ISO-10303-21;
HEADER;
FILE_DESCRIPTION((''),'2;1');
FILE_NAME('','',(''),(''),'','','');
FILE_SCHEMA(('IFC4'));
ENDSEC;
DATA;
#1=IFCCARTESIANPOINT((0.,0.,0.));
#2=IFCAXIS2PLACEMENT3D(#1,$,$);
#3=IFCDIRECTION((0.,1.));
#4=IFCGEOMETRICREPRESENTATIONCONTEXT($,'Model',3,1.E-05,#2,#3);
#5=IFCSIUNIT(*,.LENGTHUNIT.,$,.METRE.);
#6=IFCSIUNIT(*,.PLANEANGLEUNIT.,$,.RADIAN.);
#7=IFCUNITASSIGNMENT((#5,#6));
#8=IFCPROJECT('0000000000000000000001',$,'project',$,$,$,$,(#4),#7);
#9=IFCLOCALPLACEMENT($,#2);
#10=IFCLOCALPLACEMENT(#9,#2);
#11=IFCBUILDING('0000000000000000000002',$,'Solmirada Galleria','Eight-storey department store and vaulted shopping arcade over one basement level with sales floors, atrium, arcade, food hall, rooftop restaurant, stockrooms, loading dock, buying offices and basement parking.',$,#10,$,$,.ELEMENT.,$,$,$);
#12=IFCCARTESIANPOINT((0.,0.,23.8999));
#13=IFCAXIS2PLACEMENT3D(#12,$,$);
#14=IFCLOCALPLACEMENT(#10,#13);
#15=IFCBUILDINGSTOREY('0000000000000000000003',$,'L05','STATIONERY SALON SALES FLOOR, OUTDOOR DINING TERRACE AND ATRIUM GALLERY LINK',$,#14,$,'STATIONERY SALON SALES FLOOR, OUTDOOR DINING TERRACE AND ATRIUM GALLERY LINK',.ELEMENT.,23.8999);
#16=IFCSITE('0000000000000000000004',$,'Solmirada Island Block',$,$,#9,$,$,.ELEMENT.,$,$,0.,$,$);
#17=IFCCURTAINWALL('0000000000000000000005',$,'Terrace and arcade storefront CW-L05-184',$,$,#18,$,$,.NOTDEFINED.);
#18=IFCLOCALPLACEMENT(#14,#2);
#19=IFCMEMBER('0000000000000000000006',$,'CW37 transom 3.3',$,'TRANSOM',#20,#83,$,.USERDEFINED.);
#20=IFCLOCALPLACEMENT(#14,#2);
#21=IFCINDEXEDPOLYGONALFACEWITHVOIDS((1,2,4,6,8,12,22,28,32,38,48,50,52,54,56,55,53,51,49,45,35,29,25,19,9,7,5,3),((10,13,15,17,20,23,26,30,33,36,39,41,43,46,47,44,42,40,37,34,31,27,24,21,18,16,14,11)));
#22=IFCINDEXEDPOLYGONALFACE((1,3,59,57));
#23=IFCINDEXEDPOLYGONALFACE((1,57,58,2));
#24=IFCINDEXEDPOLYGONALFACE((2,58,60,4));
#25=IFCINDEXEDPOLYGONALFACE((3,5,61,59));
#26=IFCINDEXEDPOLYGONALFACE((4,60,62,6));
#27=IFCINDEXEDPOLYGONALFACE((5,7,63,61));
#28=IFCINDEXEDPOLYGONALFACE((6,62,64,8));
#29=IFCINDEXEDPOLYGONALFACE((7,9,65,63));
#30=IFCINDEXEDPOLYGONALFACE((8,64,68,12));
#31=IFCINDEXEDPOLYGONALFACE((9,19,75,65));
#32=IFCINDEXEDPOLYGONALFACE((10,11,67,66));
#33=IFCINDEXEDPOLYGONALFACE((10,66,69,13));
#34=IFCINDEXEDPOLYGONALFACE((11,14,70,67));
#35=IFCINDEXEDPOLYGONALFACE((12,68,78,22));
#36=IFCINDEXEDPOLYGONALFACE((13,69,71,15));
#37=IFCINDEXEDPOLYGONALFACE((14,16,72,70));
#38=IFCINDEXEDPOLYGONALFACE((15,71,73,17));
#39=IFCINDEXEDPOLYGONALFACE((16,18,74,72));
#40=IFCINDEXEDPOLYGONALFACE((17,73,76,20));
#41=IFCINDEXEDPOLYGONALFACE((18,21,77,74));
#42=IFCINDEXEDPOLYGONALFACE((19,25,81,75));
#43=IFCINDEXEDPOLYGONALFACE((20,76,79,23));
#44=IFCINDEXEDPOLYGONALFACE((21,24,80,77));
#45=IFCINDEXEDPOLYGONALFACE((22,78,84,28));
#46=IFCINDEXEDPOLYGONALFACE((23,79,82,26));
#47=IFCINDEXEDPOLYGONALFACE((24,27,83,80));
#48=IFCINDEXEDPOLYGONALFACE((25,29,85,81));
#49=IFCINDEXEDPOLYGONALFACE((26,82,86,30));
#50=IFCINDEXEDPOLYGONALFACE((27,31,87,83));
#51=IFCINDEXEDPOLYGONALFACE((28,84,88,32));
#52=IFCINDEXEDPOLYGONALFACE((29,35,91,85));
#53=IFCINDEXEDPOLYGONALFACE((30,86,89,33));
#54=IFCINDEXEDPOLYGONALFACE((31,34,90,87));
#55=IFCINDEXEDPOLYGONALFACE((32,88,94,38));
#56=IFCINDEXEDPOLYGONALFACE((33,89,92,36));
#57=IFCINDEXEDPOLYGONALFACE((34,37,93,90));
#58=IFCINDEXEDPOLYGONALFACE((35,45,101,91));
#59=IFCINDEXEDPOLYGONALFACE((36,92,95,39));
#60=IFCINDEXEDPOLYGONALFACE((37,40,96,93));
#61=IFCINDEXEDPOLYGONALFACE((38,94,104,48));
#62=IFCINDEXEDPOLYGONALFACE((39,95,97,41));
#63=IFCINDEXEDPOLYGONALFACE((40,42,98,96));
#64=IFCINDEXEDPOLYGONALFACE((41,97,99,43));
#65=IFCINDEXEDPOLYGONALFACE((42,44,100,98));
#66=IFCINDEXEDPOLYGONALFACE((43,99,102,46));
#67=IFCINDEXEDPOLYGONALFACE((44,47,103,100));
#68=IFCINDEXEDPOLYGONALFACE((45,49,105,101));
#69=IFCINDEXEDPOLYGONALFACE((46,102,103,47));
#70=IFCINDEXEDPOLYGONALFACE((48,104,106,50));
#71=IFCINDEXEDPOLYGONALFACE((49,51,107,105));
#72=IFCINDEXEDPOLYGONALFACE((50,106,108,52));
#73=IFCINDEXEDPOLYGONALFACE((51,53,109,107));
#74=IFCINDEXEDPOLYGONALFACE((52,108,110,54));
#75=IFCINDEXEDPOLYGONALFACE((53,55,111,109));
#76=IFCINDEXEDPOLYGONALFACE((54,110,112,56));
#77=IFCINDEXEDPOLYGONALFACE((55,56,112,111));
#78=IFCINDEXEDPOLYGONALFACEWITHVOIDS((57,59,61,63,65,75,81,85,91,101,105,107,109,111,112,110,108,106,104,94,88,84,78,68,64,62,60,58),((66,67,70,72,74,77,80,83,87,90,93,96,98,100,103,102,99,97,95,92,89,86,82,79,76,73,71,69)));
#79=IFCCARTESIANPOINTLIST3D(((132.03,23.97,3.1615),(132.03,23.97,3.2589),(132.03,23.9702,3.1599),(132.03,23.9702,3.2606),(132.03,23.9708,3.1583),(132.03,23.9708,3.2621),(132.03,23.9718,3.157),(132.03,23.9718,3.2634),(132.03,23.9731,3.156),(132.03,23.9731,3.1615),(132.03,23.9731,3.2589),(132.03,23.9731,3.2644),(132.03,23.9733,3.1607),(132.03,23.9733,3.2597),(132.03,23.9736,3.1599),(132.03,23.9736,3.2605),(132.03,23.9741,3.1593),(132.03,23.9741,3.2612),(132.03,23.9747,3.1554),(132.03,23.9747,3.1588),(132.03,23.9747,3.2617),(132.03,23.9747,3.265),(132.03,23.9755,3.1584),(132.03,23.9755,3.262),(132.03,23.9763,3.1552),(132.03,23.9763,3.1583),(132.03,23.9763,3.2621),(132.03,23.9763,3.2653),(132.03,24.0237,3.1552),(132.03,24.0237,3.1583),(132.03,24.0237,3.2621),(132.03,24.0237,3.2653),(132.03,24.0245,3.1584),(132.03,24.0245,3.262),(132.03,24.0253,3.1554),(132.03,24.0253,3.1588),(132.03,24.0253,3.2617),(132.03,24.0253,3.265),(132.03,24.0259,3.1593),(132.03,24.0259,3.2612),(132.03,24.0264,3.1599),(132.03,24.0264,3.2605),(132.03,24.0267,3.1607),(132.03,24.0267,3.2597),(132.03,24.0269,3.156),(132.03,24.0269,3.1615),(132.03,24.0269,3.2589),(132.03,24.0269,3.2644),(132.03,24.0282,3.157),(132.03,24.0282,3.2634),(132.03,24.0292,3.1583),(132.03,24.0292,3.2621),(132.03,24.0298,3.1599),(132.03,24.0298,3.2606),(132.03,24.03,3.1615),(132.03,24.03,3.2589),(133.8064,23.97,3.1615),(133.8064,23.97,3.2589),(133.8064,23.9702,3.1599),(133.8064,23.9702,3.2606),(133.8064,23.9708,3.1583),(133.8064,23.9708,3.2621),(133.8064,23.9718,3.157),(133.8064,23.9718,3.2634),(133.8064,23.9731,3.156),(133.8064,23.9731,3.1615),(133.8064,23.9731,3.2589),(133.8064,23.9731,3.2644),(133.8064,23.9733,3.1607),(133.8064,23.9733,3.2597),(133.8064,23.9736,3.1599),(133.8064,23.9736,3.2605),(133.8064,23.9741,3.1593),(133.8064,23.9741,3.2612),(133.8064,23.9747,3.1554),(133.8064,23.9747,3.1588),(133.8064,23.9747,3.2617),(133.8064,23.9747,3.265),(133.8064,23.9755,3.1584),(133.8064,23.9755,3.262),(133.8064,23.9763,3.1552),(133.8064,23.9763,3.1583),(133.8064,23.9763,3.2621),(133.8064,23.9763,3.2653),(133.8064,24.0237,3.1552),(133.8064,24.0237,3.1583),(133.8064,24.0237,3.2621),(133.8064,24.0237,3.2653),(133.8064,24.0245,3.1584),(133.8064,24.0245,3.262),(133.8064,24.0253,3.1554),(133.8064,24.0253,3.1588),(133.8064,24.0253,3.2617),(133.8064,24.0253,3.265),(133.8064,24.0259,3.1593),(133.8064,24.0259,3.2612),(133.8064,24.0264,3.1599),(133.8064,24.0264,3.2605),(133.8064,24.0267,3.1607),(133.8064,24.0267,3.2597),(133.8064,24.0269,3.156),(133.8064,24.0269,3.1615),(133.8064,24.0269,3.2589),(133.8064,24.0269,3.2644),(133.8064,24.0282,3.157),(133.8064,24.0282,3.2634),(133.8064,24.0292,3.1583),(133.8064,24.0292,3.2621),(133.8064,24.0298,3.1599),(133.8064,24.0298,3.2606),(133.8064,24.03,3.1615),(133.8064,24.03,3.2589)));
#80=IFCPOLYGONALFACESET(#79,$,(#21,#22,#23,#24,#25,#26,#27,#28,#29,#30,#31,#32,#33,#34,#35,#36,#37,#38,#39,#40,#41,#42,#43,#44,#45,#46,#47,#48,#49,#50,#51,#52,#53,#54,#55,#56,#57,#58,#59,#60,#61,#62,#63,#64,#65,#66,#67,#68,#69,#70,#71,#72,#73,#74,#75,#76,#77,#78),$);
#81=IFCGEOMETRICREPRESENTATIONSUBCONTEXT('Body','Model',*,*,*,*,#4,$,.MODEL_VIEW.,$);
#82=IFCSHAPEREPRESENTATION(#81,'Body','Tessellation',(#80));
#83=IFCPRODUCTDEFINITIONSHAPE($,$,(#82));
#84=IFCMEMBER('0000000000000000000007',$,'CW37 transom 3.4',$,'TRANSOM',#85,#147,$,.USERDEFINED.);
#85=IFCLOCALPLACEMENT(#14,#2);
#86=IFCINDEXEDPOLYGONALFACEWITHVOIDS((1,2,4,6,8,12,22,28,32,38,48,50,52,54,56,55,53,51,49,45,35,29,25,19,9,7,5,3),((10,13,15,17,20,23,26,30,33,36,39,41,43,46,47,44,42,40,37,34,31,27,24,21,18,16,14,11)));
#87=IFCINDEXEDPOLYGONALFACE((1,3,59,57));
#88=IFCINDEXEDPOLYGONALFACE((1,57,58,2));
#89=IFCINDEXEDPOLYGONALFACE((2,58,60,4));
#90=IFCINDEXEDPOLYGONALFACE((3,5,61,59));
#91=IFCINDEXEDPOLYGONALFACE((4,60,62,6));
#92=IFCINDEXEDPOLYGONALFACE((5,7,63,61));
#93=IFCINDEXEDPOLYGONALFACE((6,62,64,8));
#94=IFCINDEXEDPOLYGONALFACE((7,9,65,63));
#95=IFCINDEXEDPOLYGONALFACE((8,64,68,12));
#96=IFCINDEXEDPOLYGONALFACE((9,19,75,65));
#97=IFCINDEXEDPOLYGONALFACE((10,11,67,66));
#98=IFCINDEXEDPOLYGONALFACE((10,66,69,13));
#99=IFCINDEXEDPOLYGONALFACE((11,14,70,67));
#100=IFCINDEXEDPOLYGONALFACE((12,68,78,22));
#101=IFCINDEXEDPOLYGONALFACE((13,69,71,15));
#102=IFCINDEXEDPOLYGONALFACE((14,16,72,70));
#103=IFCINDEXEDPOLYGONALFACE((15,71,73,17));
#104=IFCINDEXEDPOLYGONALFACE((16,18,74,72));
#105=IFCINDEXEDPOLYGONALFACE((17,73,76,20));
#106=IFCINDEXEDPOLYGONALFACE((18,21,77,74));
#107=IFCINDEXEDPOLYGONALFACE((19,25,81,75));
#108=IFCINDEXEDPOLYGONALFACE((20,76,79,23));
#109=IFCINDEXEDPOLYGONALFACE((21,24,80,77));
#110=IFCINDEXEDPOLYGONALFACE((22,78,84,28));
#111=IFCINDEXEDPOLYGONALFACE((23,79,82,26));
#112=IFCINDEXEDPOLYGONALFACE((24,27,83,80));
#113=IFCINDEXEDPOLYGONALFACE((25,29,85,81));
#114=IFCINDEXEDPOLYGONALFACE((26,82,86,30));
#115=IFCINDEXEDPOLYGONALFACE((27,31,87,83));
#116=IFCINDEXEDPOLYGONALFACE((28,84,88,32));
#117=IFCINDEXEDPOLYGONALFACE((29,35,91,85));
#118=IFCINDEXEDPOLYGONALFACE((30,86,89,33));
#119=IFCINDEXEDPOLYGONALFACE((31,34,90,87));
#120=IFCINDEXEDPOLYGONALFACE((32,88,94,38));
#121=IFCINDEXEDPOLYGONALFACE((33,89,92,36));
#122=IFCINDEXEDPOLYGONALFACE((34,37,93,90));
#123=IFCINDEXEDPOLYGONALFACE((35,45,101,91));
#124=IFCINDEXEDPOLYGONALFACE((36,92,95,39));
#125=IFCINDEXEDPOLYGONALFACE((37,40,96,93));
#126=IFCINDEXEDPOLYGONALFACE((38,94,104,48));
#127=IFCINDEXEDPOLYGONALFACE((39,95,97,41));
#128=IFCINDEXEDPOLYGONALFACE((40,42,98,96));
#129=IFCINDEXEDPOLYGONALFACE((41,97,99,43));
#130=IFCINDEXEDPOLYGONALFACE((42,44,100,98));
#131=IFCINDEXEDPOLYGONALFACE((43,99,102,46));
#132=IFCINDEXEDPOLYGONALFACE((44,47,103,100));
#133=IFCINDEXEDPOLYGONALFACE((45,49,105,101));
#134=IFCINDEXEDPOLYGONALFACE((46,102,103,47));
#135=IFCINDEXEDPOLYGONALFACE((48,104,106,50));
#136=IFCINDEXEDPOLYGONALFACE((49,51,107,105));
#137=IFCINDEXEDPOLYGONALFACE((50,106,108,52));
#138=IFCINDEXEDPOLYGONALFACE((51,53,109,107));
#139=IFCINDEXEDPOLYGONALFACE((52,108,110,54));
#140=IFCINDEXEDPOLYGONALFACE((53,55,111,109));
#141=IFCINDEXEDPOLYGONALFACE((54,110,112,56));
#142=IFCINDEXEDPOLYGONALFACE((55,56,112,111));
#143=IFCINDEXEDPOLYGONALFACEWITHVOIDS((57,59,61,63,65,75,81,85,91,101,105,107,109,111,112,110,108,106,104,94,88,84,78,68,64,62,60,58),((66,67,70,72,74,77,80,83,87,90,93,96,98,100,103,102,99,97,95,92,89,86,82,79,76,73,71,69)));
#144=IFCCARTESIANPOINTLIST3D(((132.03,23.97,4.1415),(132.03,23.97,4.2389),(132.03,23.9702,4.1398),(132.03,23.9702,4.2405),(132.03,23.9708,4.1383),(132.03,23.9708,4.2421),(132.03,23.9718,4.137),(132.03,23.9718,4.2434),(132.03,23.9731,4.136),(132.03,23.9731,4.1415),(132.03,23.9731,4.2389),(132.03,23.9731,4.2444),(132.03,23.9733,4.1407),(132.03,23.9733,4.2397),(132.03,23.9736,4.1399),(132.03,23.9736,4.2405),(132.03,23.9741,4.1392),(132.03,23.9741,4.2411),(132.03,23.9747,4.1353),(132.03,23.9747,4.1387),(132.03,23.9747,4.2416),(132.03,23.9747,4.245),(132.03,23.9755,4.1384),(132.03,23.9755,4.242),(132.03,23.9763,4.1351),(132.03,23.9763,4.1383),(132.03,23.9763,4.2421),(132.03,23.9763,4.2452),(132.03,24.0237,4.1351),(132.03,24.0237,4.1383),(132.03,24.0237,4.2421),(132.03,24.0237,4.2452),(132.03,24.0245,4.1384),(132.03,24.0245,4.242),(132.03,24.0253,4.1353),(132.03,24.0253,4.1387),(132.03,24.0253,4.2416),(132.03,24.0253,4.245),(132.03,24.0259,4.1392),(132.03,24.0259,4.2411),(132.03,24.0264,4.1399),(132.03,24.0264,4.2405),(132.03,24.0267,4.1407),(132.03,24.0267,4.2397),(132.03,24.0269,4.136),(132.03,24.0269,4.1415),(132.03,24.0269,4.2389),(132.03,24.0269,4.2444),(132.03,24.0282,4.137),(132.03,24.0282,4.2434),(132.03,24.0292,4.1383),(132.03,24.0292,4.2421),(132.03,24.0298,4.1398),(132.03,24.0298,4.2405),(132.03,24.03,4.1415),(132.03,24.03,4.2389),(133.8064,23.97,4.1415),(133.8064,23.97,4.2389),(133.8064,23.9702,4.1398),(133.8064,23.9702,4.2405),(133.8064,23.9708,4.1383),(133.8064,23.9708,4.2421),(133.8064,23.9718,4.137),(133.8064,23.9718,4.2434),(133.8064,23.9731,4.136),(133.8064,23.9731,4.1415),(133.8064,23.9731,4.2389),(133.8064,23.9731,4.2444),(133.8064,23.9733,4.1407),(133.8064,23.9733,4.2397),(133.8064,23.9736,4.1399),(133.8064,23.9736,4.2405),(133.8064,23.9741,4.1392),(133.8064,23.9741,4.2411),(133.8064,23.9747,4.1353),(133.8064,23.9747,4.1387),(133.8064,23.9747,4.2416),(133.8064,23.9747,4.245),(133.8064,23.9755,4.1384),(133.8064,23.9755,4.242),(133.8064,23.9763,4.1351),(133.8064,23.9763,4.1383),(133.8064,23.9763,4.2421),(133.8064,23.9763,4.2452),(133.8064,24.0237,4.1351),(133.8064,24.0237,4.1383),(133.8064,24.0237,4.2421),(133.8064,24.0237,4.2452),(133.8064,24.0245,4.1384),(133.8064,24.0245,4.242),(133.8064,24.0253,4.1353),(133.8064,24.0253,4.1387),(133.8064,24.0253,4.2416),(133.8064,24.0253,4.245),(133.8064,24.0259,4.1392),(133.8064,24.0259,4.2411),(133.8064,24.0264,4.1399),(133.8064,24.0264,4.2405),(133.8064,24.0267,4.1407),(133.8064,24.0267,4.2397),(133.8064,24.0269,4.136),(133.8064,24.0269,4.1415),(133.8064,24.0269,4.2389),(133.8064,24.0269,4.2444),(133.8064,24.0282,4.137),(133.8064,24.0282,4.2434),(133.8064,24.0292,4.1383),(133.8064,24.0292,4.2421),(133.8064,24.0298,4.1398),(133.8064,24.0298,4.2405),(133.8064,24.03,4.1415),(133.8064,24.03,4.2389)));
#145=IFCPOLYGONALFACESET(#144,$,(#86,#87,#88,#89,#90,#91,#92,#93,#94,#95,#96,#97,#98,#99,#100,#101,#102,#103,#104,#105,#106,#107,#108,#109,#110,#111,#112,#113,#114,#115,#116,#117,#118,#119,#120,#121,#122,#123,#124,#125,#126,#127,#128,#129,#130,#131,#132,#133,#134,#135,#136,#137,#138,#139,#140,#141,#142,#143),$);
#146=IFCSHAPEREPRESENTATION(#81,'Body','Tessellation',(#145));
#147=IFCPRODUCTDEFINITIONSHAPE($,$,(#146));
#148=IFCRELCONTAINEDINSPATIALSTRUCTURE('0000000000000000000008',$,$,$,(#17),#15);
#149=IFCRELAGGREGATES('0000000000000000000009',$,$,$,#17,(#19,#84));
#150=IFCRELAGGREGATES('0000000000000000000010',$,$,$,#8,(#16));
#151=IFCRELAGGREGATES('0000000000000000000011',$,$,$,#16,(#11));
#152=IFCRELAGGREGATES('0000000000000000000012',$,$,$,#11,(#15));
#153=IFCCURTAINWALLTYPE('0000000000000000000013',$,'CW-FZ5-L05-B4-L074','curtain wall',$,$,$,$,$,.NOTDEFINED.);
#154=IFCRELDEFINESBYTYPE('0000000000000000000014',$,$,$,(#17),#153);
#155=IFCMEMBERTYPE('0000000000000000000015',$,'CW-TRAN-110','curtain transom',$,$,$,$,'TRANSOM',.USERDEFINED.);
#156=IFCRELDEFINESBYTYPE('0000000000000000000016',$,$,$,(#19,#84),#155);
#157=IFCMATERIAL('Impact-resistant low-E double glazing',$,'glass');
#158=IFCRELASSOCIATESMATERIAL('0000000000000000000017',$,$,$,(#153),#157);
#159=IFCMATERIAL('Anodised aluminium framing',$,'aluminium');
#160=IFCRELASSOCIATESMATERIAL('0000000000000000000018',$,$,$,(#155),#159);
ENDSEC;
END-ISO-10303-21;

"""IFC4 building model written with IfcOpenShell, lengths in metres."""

from ifc_helpers import new_model, si_unit, direction, frame, origin, origin_2d, place, context, subcontext, project, spatial, hollow_rectangle, extrude, material, material_profile, profile_set, type_object, element, aggregate, save


model = new_model("IFC4")

# Units and contexts
model_context = context("Model", 3, precision=1e-05, world=origin(), true_north=direction((0.0, 1.0)))
body_context = subcontext(model_context, "Body", "Model", "MODEL_VIEW")
ifc_project = project(units=[si_unit("LENGTHUNIT", "METRE"), si_unit("PLANEANGLEUNIT", "RADIAN")], contexts=[model_context])

# Site, building, storey
site_placement = place(None, origin())
site = spatial("IfcSite", under=ifc_project, at=site_placement, Name="Solmirada Island Block", CompositionType="ELEMENT", RefElevation=0.0)
building_placement = place(site_placement, origin())
building = spatial("IfcBuilding", under=site, at=building_placement, Name="Solmirada Galleria", Description="Eight-storey department store and vaulted shopping arcade over one basement level with sales floors, atrium, arcade, food hall, rooftop restaurant, stockrooms, loading dock, buying offices and basement parking.", CompositionType="ELEMENT")
storey_placement = place(building_placement, frame((0.0, 0.0, 23.8999)))
storey = spatial("IfcBuildingStorey", under=building, at=storey_placement, Name="L05", Description="STATIONERY SALON SALES FLOOR, OUTDOOR DINING TERRACE AND ATRIUM GALLERY LINK", LongName="STATIONERY SALON SALES FLOOR, OUTDOOR DINING TERRACE AND ATRIUM GALLERY LINK", CompositionType="ELEMENT", Elevation=23.8999)

# Curtain wall, members
ifc_material_1 = material(Name="Impact-resistant low-E double glazing", Category="glass")
curtain_wall_type = type_object("IfcCurtainWallType", Name="CW-FZ5-L05-B4-L074", Description="curtain wall", PredefinedType="NOTDEFINED", material=ifc_material_1)
curtain_wall_placement = place(storey_placement, origin())
curtain_wall = element("IfcCurtainWall", 1, at=curtain_wall_placement, inside=storey, type_object=curtain_wall_type, Name="Terrace and arcade storefront CW-L05-184", PredefinedType="NOTDEFINED")
ifc_material_2 = material(Name="Anodised aluminium framing", Category="aluminium")
ifc_material_profile_1 = material_profile(ifc_material_2, hollow_rectangle(XDim=0.0601, YDim=0.1101, WallThickness=0.0032, InnerFilletRadius=0.0032, OuterFilletRadius=0.0063, at=origin_2d()), Name="ALU-TRAN-110X60")
ifc_profile_set_1 = profile_set([ifc_material_profile_1], Name="Anodised aluminium framing")
member_type_1 = type_object("IfcMemberType", Name="CW-TRAN-110", Description="curtain transom", ElementType="TRANSOM", PredefinedType="USERDEFINED", material=ifc_profile_set_1)
member_1_placement = place(storey_placement, frame((132.03, 24.0, 3.2102), z_axis=(1.0, 0.0, 0.0), x_axis=(0.0, 1.0, 0.0)))
member_1 = element("IfcMember", 2, at=member_1_placement, type_object=member_type_1, Name="CW37 transom 3.3", ObjectType="TRANSOM", PredefinedType="USERDEFINED", context=body_context, shape_type="SweptSolid", body=[
    extrude(hollow_rectangle(XDim=0.0601, YDim=0.1101, WallThickness=0.0032, InnerFilletRadius=0.0032, OuterFilletRadius=0.0063, at=origin_2d()), origin(), (0.0, 0.0, 1.0), 1.7764),
])
member_2_placement = place(storey_placement, frame((132.03, 24.0, 4.1902), z_axis=(1.0, 0.0, 0.0), x_axis=(0.0, 1.0, 0.0)))
member_2 = element("IfcMember", 3, at=member_2_placement, type_object=member_type_1, Name="CW37 transom 3.4", ObjectType="TRANSOM", PredefinedType="USERDEFINED", context=body_context, shape_type="SweptSolid", body=[
    extrude(hollow_rectangle(XDim=0.0601, YDim=0.1101, WallThickness=0.0032, InnerFilletRadius=0.0032, OuterFilletRadius=0.0063, at=origin_2d()), origin(), (0.0, 0.0, 1.0), 1.7764),
])
aggregate(curtain_wall, [member_1, member_2])

save(model, "model.ifc")
